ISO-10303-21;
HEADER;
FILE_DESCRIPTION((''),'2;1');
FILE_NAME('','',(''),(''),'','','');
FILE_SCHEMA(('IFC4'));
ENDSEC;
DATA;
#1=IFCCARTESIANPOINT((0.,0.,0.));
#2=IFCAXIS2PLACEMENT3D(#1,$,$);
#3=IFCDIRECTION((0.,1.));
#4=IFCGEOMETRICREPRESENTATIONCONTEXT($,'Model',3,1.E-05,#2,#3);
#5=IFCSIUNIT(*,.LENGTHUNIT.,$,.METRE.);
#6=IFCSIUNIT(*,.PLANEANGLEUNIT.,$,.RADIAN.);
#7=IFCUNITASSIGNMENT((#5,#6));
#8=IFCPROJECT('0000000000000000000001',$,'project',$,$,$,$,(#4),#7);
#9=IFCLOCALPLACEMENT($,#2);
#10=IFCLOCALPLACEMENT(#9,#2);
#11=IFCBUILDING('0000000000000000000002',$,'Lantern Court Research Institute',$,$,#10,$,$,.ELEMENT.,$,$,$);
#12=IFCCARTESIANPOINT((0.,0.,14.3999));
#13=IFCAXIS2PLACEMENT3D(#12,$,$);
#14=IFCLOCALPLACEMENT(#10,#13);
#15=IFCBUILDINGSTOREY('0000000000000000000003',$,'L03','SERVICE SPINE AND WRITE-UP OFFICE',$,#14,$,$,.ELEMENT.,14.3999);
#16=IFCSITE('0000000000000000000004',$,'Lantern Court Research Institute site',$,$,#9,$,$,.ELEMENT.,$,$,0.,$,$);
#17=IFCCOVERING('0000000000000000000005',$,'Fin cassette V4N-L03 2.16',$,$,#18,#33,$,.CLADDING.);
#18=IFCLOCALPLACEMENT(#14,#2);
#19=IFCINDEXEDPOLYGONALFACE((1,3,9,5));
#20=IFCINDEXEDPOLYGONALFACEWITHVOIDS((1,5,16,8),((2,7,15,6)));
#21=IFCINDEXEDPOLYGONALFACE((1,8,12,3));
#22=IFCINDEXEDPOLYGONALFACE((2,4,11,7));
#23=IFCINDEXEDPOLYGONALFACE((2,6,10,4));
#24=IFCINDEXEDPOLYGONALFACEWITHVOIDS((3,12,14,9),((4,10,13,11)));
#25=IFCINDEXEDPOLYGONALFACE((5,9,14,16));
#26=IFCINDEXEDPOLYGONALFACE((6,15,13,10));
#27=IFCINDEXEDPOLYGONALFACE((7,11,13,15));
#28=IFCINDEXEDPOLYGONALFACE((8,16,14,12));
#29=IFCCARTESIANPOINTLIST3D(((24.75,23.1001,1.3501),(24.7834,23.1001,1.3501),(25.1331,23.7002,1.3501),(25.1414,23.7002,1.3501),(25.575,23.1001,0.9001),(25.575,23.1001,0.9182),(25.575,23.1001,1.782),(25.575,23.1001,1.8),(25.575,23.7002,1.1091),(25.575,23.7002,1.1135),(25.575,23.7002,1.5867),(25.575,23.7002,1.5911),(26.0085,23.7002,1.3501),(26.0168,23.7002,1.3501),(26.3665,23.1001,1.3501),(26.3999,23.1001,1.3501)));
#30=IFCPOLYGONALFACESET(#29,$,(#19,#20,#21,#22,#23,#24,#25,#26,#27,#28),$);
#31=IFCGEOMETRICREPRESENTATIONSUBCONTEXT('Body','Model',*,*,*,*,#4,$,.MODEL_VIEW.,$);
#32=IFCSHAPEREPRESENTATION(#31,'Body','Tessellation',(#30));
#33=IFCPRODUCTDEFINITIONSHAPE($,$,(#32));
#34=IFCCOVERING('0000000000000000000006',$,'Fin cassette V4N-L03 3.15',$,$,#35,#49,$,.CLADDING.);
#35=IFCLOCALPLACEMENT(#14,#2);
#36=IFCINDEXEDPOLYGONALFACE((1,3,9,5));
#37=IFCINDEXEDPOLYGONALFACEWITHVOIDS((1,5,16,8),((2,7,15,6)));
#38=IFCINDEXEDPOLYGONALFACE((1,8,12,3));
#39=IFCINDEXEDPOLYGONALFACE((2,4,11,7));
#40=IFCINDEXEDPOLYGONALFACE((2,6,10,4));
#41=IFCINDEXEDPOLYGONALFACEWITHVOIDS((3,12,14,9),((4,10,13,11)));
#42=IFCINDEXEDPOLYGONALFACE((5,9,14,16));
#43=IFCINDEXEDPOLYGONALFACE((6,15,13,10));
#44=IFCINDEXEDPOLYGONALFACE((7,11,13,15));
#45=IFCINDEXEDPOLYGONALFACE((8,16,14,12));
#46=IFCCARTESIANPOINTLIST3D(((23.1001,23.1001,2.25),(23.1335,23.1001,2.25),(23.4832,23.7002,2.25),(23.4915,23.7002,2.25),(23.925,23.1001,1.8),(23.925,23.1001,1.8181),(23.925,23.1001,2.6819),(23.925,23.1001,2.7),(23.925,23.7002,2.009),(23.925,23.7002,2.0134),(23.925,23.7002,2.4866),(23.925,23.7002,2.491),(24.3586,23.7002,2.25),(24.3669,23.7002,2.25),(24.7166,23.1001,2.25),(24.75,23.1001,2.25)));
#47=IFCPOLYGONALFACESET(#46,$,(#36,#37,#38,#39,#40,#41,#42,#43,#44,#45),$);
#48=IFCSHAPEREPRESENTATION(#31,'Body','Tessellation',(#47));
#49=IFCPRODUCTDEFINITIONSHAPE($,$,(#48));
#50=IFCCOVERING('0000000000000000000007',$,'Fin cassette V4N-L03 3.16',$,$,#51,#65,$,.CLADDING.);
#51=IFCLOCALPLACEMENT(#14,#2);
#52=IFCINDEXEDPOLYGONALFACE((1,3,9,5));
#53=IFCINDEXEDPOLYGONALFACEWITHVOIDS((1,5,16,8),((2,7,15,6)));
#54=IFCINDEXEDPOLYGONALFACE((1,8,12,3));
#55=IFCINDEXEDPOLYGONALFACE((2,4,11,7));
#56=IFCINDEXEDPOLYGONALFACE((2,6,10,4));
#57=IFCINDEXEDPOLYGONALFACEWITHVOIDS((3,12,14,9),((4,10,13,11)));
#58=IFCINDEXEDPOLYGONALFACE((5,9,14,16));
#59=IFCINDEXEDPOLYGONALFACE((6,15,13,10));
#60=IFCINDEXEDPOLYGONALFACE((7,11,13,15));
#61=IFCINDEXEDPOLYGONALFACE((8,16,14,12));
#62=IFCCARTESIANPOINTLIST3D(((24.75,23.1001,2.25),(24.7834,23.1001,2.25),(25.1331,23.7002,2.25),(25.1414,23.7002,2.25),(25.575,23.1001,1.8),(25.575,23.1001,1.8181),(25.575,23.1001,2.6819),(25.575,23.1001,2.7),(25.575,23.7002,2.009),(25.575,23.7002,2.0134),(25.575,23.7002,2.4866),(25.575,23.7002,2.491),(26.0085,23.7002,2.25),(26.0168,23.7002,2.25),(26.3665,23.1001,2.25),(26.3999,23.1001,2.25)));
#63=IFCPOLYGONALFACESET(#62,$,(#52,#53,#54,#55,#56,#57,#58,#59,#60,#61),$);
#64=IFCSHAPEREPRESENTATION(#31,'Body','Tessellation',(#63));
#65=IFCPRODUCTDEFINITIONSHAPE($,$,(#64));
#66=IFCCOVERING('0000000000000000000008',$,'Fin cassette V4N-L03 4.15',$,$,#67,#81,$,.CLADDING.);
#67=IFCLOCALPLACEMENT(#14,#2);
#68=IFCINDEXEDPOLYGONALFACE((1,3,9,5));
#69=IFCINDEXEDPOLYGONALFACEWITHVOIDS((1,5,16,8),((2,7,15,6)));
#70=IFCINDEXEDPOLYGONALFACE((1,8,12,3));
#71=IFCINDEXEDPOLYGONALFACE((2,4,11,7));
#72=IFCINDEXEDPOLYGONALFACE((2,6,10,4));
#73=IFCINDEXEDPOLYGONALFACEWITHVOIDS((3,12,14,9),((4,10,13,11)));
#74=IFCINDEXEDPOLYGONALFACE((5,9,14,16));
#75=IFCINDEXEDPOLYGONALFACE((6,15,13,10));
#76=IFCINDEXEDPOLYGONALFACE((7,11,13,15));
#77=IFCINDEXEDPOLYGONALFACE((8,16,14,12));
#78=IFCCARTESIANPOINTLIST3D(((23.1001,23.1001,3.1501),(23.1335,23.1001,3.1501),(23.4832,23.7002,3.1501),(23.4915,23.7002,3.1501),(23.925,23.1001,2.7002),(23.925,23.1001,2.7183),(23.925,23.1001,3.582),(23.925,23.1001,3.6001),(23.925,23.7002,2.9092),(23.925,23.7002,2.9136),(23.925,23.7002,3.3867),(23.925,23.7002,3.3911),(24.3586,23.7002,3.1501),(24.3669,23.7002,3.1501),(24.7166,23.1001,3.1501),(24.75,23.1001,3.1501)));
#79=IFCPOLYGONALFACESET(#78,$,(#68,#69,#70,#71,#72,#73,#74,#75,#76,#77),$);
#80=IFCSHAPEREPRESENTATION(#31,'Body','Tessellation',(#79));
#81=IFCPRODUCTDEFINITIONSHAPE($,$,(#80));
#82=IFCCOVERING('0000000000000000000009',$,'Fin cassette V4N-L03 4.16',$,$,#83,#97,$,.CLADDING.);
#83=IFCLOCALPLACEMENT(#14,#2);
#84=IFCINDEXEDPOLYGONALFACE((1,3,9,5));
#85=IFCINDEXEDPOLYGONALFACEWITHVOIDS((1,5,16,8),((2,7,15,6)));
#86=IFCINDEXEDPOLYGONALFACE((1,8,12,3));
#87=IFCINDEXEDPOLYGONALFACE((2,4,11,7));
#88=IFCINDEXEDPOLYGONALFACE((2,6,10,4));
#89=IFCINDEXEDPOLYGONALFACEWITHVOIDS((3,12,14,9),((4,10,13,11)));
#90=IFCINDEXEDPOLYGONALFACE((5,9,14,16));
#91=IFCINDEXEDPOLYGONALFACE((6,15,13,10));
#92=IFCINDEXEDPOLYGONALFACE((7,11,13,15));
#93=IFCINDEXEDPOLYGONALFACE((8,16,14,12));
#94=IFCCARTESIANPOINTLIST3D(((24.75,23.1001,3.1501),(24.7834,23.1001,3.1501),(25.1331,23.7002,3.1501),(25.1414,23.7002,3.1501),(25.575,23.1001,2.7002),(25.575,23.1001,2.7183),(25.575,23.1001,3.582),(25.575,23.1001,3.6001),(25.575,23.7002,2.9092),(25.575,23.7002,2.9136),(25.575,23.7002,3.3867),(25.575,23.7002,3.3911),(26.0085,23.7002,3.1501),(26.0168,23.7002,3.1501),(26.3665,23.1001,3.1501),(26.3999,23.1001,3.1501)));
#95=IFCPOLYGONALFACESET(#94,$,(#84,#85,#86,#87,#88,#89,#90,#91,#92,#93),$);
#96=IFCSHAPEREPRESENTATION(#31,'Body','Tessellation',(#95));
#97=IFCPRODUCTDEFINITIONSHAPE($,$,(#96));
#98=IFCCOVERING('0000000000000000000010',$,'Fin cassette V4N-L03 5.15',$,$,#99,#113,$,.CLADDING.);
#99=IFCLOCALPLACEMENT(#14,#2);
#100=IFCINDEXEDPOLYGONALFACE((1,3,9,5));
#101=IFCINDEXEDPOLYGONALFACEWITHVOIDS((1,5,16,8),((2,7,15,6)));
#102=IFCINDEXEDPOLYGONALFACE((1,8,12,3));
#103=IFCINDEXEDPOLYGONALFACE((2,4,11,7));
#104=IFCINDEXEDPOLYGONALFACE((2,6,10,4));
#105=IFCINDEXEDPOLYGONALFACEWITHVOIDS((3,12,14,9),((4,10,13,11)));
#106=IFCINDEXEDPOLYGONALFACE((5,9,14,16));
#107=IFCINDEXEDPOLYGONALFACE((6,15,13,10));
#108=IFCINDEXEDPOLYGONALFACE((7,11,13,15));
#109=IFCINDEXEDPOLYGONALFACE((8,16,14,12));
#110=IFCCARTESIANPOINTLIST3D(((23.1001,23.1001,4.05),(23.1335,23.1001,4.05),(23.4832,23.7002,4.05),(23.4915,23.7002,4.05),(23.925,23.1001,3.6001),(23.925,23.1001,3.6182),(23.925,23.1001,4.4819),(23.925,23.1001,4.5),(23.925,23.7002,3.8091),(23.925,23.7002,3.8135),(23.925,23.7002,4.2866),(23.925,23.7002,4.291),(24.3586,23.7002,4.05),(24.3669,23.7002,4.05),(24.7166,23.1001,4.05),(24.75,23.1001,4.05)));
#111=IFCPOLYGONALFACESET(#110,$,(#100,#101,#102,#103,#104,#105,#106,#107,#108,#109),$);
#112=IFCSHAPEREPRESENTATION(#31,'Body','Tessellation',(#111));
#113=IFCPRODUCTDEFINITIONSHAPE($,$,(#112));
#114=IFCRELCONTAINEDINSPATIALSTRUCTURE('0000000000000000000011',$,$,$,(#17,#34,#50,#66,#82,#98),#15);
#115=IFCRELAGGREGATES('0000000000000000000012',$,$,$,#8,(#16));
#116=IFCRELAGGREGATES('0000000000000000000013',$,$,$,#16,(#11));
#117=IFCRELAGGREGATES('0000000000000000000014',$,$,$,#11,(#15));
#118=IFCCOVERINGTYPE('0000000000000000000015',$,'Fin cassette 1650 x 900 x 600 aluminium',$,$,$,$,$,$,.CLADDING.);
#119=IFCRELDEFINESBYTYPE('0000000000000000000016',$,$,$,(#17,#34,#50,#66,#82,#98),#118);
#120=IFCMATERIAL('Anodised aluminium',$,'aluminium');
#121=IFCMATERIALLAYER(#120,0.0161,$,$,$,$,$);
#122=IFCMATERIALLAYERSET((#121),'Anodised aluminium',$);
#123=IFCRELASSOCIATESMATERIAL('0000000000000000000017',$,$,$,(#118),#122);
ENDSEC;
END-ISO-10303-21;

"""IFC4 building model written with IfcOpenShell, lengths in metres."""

from ifc_helpers import new_model, entity, si_unit, direction, frame, origin, place, context, subcontext, project, spatial, material, layer, layer_set, type_object, element, save


model = new_model("IFC4")

# Units and contexts
model_context = context("Model", 3, precision=1e-05, world=origin(), true_north=direction((0.0, 1.0)))
body_context = subcontext(model_context, "Body", "Model", "MODEL_VIEW")
ifc_project = project(units=[si_unit("LENGTHUNIT", "METRE"), si_unit("PLANEANGLEUNIT", "RADIAN")], contexts=[model_context])

# Site, building, storey
site_placement = place(None, origin())
site = spatial("IfcSite", under=ifc_project, at=site_placement, Name="Lantern Court Research Institute site", CompositionType="ELEMENT", RefElevation=0.0)
building_placement = place(site_placement, origin())
building = spatial("IfcBuilding", under=site, at=building_placement, Name="Lantern Court Research Institute", CompositionType="ELEMENT")
storey_placement = place(building_placement, frame((0.0, 0.0, 14.3999)))
storey = spatial("IfcBuildingStorey", under=building, at=storey_placement, Name="L03", Description="SERVICE SPINE AND WRITE-UP OFFICE", CompositionType="ELEMENT", Elevation=14.3999)

# Coverings
ifc_material_1 = material(Name="Anodised aluminium", Category="aluminium")
ifc_layer_1 = layer(ifc_material_1, 0.0161)
ifc_layer_set_1 = layer_set([ifc_layer_1], Name="Anodised aluminium")
covering_type = type_object("IfcCoveringType", Name="Fin cassette 1650 x 900 x 600 aluminium", PredefinedType="CLADDING", material=ifc_layer_set_1)
covering_1_placement = place(storey_placement, frame((25.575, 23.1001, 1.3501), z_axis=(0.0, 1.0, 0.0), x_axis=(-1.0, 0.0, 0.0)))
cartesian_point_1 = entity("IfcCartesianPoint", [0.825, 0.0])
cartesian_point_2 = entity("IfcCartesianPoint", [0.7915, 0.0])
cartesian_point_3 = entity("IfcCartesianPoint", [0.4419, 0.0])
cartesian_point_4 = entity("IfcCartesianPoint", [0.4336, 0.0])
element("IfcCovering", 1, at=covering_1_placement, inside=storey, type_object=covering_type, Name="Fin cassette V4N-L03 2.16", PredefinedType="CLADDING", context=body_context, shape_type="SweptSolid", body=[
    entity("IfcExtrudedAreaSolidTapered", entity("IfcArbitraryProfileDefWithVoids", "AREA", None, entity("IfcPolyline", [cartesian_point_1, entity("IfcCartesianPoint", [0.0, 0.45]), entity("IfcCartesianPoint", [-0.825, 0.0]), entity("IfcCartesianPoint", [0.0, -0.45]), cartesian_point_1]), [entity("IfcPolyline", [cartesian_point_2, entity("IfcCartesianPoint", [0.0, 0.4319]), entity("IfcCartesianPoint", [-0.7915, 0.0]), entity("IfcCartesianPoint", [0.0, -0.4319]), cartesian_point_2])]), entity("IfcAxis2Placement3D", entity("IfcCartesianPoint", [0.0, 0.0, 0.0])), entity("IfcDirection", [0.0, 0.0, 1.0]), 0.6001, entity("IfcArbitraryProfileDefWithVoids", "AREA", None, entity("IfcPolyline", [cartesian_point_3, entity("IfcCartesianPoint", [0.0, 0.241]), entity("IfcCartesianPoint", [-0.4419, 0.0]), entity("IfcCartesianPoint", [0.0, -0.241]), cartesian_point_3]), [entity("IfcPolyline", [cartesian_point_4, entity("IfcCartesianPoint", [0.0, 0.2366]), entity("IfcCartesianPoint", [-0.4336, 0.0]), entity("IfcCartesianPoint", [0.0, -0.2366]), cartesian_point_4])])),
])
covering_2_placement = place(storey_placement, frame((23.925, 23.1001, 2.25), z_axis=(0.0, 1.0, 0.0), x_axis=(-1.0, 0.0, 0.0)))
cartesian_point_5 = entity("IfcCartesianPoint", [0.825, 0.0])
cartesian_point_6 = entity("IfcCartesianPoint", [0.7915, 0.0])
cartesian_point_7 = entity("IfcCartesianPoint", [0.4419, 0.0])
cartesian_point_8 = entity("IfcCartesianPoint", [0.4336, 0.0])
element("IfcCovering", 2, at=covering_2_placement, inside=storey, type_object=covering_type, Name="Fin cassette V4N-L03 3.15", PredefinedType="CLADDING", context=body_context, shape_type="SweptSolid", body=[
    entity("IfcExtrudedAreaSolidTapered", entity("IfcArbitraryProfileDefWithVoids", "AREA", None, entity("IfcPolyline", [cartesian_point_5, entity("IfcCartesianPoint", [0.0, 0.45]), entity("IfcCartesianPoint", [-0.825, 0.0]), entity("IfcCartesianPoint", [0.0, -0.45]), cartesian_point_5]), [entity("IfcPolyline", [cartesian_point_6, entity("IfcCartesianPoint", [0.0, 0.4319]), entity("IfcCartesianPoint", [-0.7915, 0.0]), entity("IfcCartesianPoint", [0.0, -0.4319]), cartesian_point_6])]), entity("IfcAxis2Placement3D", entity("IfcCartesianPoint", [0.0, 0.0, 0.0])), entity("IfcDirection", [0.0, 0.0, 1.0]), 0.6001, entity("IfcArbitraryProfileDefWithVoids", "AREA", None, entity("IfcPolyline", [cartesian_point_7, entity("IfcCartesianPoint", [0.0, 0.241]), entity("IfcCartesianPoint", [-0.4419, 0.0]), entity("IfcCartesianPoint", [0.0, -0.241]), cartesian_point_7]), [entity("IfcPolyline", [cartesian_point_8, entity("IfcCartesianPoint", [0.0, 0.2366]), entity("IfcCartesianPoint", [-0.4336, 0.0]), entity("IfcCartesianPoint", [0.0, -0.2366]), cartesian_point_8])])),
])
covering_3_placement = place(storey_placement, frame((25.575, 23.1001, 2.25), z_axis=(0.0, 1.0, 0.0), x_axis=(-1.0, 0.0, 0.0)))
cartesian_point_9 = entity("IfcCartesianPoint", [0.825, 0.0])
cartesian_point_10 = entity("IfcCartesianPoint", [0.7915, 0.0])
cartesian_point_11 = entity("IfcCartesianPoint", [0.4419, 0.0])
cartesian_point_12 = entity("IfcCartesianPoint", [0.4336, 0.0])
element("IfcCovering", 3, at=covering_3_placement, inside=storey, type_object=covering_type, Name="Fin cassette V4N-L03 3.16", PredefinedType="CLADDING", context=body_context, shape_type="SweptSolid", body=[
    entity("IfcExtrudedAreaSolidTapered", entity("IfcArbitraryProfileDefWithVoids", "AREA", None, entity("IfcPolyline", [cartesian_point_9, entity("IfcCartesianPoint", [0.0, 0.45]), entity("IfcCartesianPoint", [-0.825, 0.0]), entity("IfcCartesianPoint", [0.0, -0.45]), cartesian_point_9]), [entity("IfcPolyline", [cartesian_point_10, entity("IfcCartesianPoint", [0.0, 0.4319]), entity("IfcCartesianPoint", [-0.7915, 0.0]), entity("IfcCartesianPoint", [0.0, -0.4319]), cartesian_point_10])]), entity("IfcAxis2Placement3D", entity("IfcCartesianPoint", [0.0, 0.0, 0.0])), entity("IfcDirection", [0.0, 0.0, 1.0]), 0.6001, entity("IfcArbitraryProfileDefWithVoids", "AREA", None, entity("IfcPolyline", [cartesian_point_11, entity("IfcCartesianPoint", [0.0, 0.241]), entity("IfcCartesianPoint", [-0.4419, 0.0]), entity("IfcCartesianPoint", [0.0, -0.241]), cartesian_point_11]), [entity("IfcPolyline", [cartesian_point_12, entity("IfcCartesianPoint", [0.0, 0.2366]), entity("IfcCartesianPoint", [-0.4336, 0.0]), entity("IfcCartesianPoint", [0.0, -0.2366]), cartesian_point_12])])),
])
covering_4_placement = place(storey_placement, frame((23.925, 23.1001, 3.1501), z_axis=(0.0, 1.0, 0.0), x_axis=(-1.0, 0.0, 0.0)))
cartesian_point_13 = entity("IfcCartesianPoint", [0.825, 0.0])
cartesian_point_14 = entity("IfcCartesianPoint", [0.7915, 0.0])
cartesian_point_15 = entity("IfcCartesianPoint", [0.4419, 0.0])
cartesian_point_16 = entity("IfcCartesianPoint", [0.4336, 0.0])
element("IfcCovering", 4, at=covering_4_placement, inside=storey, type_object=covering_type, Name="Fin cassette V4N-L03 4.15", PredefinedType="CLADDING", context=body_context, shape_type="SweptSolid", body=[
    entity("IfcExtrudedAreaSolidTapered", entity("IfcArbitraryProfileDefWithVoids", "AREA", None, entity("IfcPolyline", [cartesian_point_13, entity("IfcCartesianPoint", [0.0, 0.45]), entity("IfcCartesianPoint", [-0.825, 0.0]), entity("IfcCartesianPoint", [0.0, -0.45]), cartesian_point_13]), [entity("IfcPolyline", [cartesian_point_14, entity("IfcCartesianPoint", [0.0, 0.4319]), entity("IfcCartesianPoint", [-0.7915, 0.0]), entity("IfcCartesianPoint", [0.0, -0.4319]), cartesian_point_14])]), entity("IfcAxis2Placement3D", entity("IfcCartesianPoint", [0.0, 0.0, 0.0])), entity("IfcDirection", [0.0, 0.0, 1.0]), 0.6001, entity("IfcArbitraryProfileDefWithVoids", "AREA", None, entity("IfcPolyline", [cartesian_point_15, entity("IfcCartesianPoint", [0.0, 0.241]), entity("IfcCartesianPoint", [-0.4419, 0.0]), entity("IfcCartesianPoint", [0.0, -0.241]), cartesian_point_15]), [entity("IfcPolyline", [cartesian_point_16, entity("IfcCartesianPoint", [0.0, 0.2366]), entity("IfcCartesianPoint", [-0.4336, 0.0]), entity("IfcCartesianPoint", [0.0, -0.2366]), cartesian_point_16])])),
])
covering_5_placement = place(storey_placement, frame((25.575, 23.1001, 3.1501), z_axis=(0.0, 1.0, 0.0), x_axis=(-1.0, 0.0, 0.0)))
cartesian_point_17 = entity("IfcCartesianPoint", [0.825, 0.0])
cartesian_point_18 = entity("IfcCartesianPoint", [0.7915, 0.0])
cartesian_point_19 = entity("IfcCartesianPoint", [0.4419, 0.0])
cartesian_point_20 = entity("IfcCartesianPoint", [0.4336, 0.0])
element("IfcCovering", 5, at=covering_5_placement, inside=storey, type_object=covering_type, Name="Fin cassette V4N-L03 4.16", PredefinedType="CLADDING", context=body_context, shape_type="SweptSolid", body=[
    entity("IfcExtrudedAreaSolidTapered", entity("IfcArbitraryProfileDefWithVoids", "AREA", None, entity("IfcPolyline", [cartesian_point_17, entity("IfcCartesianPoint", [0.0, 0.45]), entity("IfcCartesianPoint", [-0.825, 0.0]), entity("IfcCartesianPoint", [0.0, -0.45]), cartesian_point_17]), [entity("IfcPolyline", [cartesian_point_18, entity("IfcCartesianPoint", [0.0, 0.4319]), entity("IfcCartesianPoint", [-0.7915, 0.0]), entity("IfcCartesianPoint", [0.0, -0.4319]), cartesian_point_18])]), entity("IfcAxis2Placement3D", entity("IfcCartesianPoint", [0.0, 0.0, 0.0])), entity("IfcDirection", [0.0, 0.0, 1.0]), 0.6001, entity("IfcArbitraryProfileDefWithVoids", "AREA", None, entity("IfcPolyline", [cartesian_point_19, entity("IfcCartesianPoint", [0.0, 0.241]), entity("IfcCartesianPoint", [-0.4419, 0.0]), entity("IfcCartesianPoint", [0.0, -0.241]), cartesian_point_19]), [entity("IfcPolyline", [cartesian_point_20, entity("IfcCartesianPoint", [0.0, 0.2366]), entity("IfcCartesianPoint", [-0.4336, 0.0]), entity("IfcCartesianPoint", [0.0, -0.2366]), cartesian_point_20])])),
])
covering_6_placement = place(storey_placement, frame((23.925, 23.1001, 4.05), z_axis=(0.0, 1.0, 0.0), x_axis=(-1.0, 0.0, 0.0)))
cartesian_point_21 = entity("IfcCartesianPoint", [0.825, 0.0])
cartesian_point_22 = entity("IfcCartesianPoint", [0.7915, 0.0])
cartesian_point_23 = entity("IfcCartesianPoint", [0.4419, 0.0])
cartesian_point_24 = entity("IfcCartesianPoint", [0.4336, 0.0])
element("IfcCovering", 6, at=covering_6_placement, inside=storey, type_object=covering_type, Name="Fin cassette V4N-L03 5.15", PredefinedType="CLADDING", context=body_context, shape_type="SweptSolid", body=[
    entity("IfcExtrudedAreaSolidTapered", entity("IfcArbitraryProfileDefWithVoids", "AREA", None, entity("IfcPolyline", [cartesian_point_21, entity("IfcCartesianPoint", [0.0, 0.45]), entity("IfcCartesianPoint", [-0.825, 0.0]), entity("IfcCartesianPoint", [0.0, -0.45]), cartesian_point_21]), [entity("IfcPolyline", [cartesian_point_22, entity("IfcCartesianPoint", [0.0, 0.4319]), entity("IfcCartesianPoint", [-0.7915, 0.0]), entity("IfcCartesianPoint", [0.0, -0.4319]), cartesian_point_22])]), entity("IfcAxis2Placement3D", entity("IfcCartesianPoint", [0.0, 0.0, 0.0])), entity("IfcDirection", [0.0, 0.0, 1.0]), 0.6001, entity("IfcArbitraryProfileDefWithVoids", "AREA", None, entity("IfcPolyline", [cartesian_point_23, entity("IfcCartesianPoint", [0.0, 0.241]), entity("IfcCartesianPoint", [-0.4419, 0.0]), entity("IfcCartesianPoint", [0.0, -0.241]), cartesian_point_23]), [entity("IfcPolyline", [cartesian_point_24, entity("IfcCartesianPoint", [0.0, 0.2366]), entity("IfcCartesianPoint", [-0.4336, 0.0]), entity("IfcCartesianPoint", [0.0, -0.2366]), cartesian_point_24])])),
])

save(model, "model.ifc")
